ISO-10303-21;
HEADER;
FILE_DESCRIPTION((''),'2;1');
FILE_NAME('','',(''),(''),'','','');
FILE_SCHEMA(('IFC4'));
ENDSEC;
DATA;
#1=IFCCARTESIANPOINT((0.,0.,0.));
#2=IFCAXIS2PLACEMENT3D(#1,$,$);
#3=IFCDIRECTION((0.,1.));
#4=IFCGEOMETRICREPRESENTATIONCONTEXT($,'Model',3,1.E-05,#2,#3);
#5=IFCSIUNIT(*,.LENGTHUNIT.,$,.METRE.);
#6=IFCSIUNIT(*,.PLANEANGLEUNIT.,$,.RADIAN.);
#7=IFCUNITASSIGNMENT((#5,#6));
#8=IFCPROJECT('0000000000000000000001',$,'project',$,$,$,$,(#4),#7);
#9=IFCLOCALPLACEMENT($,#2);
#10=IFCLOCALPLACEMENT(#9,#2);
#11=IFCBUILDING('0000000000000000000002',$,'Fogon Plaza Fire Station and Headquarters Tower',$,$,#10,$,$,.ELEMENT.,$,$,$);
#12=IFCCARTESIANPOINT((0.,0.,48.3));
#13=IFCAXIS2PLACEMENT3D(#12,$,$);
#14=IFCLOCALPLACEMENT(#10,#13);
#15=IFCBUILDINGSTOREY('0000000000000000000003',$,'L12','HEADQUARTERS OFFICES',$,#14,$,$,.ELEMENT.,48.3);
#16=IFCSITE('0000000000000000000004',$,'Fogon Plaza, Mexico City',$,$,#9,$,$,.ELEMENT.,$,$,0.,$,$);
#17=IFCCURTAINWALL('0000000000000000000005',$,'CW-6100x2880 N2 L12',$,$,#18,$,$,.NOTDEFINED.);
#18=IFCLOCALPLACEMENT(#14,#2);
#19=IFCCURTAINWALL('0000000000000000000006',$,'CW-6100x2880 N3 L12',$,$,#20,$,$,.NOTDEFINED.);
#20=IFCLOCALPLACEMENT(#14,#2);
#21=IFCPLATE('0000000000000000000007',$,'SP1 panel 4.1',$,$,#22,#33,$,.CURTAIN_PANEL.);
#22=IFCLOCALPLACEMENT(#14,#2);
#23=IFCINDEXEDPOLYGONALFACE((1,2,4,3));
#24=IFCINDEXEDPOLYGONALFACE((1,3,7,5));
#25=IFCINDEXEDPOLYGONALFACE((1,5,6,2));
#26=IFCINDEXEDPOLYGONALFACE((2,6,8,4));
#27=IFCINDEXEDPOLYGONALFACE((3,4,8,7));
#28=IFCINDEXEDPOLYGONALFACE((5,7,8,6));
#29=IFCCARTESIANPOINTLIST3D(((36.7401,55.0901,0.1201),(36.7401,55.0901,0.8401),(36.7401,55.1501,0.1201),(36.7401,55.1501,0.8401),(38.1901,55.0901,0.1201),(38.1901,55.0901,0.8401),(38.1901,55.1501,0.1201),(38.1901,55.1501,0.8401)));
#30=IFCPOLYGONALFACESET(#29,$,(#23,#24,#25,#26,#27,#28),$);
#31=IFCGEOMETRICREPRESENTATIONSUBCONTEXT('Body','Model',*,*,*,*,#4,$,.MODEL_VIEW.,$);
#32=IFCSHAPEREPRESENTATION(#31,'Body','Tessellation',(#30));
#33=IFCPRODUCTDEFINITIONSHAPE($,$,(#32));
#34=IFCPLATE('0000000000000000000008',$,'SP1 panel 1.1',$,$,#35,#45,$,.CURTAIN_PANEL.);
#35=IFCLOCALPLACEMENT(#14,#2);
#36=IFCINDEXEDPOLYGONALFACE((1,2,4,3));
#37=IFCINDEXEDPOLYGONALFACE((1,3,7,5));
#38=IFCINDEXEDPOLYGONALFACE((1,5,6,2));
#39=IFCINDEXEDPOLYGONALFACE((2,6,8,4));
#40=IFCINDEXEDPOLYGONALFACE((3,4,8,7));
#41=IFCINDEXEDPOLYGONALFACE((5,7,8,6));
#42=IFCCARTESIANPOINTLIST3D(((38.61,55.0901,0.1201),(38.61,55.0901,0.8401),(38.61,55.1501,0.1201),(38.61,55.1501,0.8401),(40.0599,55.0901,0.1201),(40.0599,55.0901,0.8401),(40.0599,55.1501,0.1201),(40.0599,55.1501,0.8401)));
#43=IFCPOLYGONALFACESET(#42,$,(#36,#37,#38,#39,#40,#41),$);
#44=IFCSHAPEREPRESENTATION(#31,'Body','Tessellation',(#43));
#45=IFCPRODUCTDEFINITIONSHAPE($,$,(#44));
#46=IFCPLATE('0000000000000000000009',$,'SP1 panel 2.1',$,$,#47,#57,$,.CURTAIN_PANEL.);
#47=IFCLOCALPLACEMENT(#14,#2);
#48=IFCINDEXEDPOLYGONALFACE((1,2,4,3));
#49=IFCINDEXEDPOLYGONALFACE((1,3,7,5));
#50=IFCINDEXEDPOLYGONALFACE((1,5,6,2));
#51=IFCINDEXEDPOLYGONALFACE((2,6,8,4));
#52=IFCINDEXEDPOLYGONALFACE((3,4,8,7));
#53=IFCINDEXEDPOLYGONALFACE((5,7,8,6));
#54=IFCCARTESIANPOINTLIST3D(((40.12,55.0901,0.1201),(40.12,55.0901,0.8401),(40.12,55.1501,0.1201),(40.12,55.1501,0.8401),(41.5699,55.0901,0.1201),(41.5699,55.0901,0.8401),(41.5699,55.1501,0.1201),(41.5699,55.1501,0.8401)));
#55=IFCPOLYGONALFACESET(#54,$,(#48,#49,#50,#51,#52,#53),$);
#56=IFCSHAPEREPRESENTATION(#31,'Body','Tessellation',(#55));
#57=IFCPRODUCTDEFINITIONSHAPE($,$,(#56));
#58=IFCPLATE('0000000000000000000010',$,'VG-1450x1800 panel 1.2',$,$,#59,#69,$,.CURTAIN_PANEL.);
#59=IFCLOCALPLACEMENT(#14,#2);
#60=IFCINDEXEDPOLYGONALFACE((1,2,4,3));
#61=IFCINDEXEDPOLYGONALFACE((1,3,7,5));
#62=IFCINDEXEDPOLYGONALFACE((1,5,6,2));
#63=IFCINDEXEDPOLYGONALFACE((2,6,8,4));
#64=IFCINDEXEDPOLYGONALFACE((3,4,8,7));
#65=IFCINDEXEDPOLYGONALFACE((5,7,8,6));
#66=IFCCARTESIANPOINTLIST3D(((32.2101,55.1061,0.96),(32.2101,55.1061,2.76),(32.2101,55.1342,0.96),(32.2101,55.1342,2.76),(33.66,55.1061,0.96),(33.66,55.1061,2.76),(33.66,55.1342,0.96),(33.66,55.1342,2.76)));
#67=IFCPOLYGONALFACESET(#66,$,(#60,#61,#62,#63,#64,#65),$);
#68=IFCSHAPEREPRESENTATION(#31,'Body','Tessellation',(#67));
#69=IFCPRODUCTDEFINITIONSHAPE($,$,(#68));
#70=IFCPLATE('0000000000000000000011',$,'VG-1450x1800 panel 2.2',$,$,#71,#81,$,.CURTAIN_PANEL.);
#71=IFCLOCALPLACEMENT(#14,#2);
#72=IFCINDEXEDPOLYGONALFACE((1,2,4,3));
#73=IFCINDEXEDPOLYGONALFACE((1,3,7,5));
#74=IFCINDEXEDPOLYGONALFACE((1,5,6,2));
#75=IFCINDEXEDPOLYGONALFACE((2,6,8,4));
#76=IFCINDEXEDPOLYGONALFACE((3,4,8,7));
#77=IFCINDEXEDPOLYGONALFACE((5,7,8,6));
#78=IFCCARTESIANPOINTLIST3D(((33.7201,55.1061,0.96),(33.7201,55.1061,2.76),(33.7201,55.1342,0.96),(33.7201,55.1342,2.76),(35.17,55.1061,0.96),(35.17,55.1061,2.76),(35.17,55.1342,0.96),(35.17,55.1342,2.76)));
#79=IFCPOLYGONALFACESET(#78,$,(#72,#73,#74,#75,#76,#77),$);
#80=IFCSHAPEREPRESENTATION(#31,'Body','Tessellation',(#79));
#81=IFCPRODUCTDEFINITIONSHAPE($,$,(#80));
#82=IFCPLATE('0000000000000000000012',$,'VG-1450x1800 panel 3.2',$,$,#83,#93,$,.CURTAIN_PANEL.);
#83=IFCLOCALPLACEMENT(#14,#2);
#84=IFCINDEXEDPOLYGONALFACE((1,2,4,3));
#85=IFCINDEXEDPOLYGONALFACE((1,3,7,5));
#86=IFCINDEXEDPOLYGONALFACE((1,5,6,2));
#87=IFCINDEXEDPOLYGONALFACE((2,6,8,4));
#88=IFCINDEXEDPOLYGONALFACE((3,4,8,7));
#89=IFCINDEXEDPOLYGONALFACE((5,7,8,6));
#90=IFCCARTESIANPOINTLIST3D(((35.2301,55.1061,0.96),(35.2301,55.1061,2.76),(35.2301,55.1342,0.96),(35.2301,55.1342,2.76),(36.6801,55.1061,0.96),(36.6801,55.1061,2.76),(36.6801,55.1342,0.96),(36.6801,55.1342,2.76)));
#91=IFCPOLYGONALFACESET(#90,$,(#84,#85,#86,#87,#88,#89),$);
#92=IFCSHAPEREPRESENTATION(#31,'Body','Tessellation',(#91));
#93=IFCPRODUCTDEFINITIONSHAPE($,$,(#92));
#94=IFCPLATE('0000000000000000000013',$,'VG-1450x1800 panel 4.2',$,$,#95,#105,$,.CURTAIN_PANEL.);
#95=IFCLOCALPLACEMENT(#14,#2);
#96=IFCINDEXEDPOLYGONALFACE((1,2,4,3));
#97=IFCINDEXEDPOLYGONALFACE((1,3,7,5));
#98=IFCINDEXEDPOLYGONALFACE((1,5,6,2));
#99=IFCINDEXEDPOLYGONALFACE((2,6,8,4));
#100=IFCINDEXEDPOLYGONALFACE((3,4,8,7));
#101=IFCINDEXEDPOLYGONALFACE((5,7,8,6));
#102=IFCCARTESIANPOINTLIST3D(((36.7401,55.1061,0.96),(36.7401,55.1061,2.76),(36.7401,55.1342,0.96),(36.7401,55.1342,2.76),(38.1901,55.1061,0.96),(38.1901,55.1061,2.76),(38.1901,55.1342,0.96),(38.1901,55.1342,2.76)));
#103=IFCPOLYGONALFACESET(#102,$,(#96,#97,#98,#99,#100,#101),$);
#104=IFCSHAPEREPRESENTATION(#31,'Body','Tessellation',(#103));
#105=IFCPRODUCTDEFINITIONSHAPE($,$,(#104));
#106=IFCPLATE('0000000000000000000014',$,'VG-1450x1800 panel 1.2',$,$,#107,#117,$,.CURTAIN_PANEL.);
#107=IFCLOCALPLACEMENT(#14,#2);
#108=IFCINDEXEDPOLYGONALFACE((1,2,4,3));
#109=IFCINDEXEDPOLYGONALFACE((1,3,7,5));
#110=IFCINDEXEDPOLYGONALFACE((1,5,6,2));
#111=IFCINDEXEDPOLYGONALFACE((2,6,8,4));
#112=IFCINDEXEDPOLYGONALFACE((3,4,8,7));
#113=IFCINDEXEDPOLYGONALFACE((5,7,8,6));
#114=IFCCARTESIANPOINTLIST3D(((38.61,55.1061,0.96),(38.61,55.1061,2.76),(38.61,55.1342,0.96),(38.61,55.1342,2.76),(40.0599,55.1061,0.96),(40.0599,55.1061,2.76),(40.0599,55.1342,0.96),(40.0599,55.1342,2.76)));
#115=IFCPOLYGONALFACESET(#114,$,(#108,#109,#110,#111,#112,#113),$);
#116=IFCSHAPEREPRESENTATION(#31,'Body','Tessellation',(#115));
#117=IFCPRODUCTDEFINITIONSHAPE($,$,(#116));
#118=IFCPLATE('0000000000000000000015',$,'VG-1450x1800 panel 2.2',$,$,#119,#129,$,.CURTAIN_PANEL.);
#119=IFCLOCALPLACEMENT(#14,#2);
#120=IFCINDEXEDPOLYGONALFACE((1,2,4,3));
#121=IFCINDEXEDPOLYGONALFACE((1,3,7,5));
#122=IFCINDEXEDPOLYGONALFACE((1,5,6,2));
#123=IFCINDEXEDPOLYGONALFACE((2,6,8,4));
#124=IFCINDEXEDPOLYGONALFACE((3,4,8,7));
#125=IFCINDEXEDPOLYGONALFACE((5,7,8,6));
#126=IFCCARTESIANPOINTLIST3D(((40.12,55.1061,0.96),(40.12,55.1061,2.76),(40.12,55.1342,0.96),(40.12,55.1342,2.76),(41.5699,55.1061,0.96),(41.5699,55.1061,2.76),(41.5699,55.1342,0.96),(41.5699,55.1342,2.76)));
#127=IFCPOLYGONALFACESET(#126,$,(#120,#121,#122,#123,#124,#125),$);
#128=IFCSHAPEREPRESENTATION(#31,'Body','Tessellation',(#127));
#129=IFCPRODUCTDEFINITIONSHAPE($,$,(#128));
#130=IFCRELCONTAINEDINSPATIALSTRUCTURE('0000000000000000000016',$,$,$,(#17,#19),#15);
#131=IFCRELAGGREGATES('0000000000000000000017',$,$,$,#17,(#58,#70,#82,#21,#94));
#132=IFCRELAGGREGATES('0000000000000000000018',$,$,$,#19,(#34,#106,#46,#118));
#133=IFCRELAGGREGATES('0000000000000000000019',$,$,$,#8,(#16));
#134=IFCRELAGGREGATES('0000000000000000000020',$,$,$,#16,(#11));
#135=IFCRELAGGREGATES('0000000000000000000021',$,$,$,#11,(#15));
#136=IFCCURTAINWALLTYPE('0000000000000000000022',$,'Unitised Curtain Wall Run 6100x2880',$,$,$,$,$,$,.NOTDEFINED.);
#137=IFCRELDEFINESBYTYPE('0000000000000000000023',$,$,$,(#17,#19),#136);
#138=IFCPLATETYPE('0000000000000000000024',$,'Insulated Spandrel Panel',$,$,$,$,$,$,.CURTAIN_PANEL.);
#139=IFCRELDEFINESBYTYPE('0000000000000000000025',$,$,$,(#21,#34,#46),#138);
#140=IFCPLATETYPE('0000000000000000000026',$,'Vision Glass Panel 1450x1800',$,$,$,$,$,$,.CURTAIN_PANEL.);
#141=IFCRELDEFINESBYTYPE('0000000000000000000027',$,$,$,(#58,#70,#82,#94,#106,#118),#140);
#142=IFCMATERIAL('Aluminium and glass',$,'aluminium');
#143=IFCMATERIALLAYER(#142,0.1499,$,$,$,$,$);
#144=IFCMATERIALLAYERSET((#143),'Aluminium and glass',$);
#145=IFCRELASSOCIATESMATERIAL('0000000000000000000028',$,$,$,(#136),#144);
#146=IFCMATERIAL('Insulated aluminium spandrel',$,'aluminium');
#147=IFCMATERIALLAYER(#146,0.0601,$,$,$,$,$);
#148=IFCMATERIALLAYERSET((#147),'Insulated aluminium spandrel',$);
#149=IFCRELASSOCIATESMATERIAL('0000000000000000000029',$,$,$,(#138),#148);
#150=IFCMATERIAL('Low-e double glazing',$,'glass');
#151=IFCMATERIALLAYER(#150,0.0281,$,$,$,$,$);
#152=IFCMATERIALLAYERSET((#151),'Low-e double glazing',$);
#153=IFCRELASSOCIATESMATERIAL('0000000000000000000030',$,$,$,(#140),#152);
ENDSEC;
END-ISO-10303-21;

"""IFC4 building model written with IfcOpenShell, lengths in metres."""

from ifc_helpers import new_model, si_unit, direction, frame, origin, origin_2d, place, context, subcontext, project, spatial, rectangle, extrude, material, layer, layer_set, type_object, element, aggregate, save


model = new_model("IFC4")

# Units and contexts
model_context = context("Model", 3, precision=1e-05, world=origin(), true_north=direction((0.0, 1.0)))
body_context = subcontext(model_context, "Body", "Model", "MODEL_VIEW")
ifc_project = project(units=[si_unit("LENGTHUNIT", "METRE"), si_unit("PLANEANGLEUNIT", "RADIAN")], contexts=[model_context])

# Site, building, storey
site_placement = place(None, origin())
site = spatial("IfcSite", under=ifc_project, at=site_placement, Name="Fogon Plaza, Mexico City", CompositionType="ELEMENT", RefElevation=0.0)
building_placement = place(site_placement, origin())
building = spatial("IfcBuilding", under=site, at=building_placement, Name="Fogon Plaza Fire Station and Headquarters Tower", CompositionType="ELEMENT")
storey_placement = place(building_placement, frame((0.0, 0.0, 48.3)))
storey = spatial("IfcBuildingStorey", under=building, at=storey_placement, Name="L12", Description="HEADQUARTERS OFFICES", CompositionType="ELEMENT", Elevation=48.3)

# Curtain walls
ifc_material_1 = material(Name="Aluminium and glass", Category="aluminium")
ifc_layer_1 = layer(ifc_material_1, 0.1499)
ifc_layer_set_1 = layer_set([ifc_layer_1], Name="Aluminium and glass")
curtain_wall_type = type_object("IfcCurtainWallType", Name="Unitised Curtain Wall Run 6100x2880", PredefinedType="NOTDEFINED", material=ifc_layer_set_1)
curtain_wall_1_placement = place(storey_placement, origin())
curtain_wall_1 = element("IfcCurtainWall", 1, at=curtain_wall_1_placement, inside=storey, type_object=curtain_wall_type, Name="CW-6100x2880 N2 L12", PredefinedType="NOTDEFINED")
curtain_wall_2_placement = place(storey_placement, origin())
curtain_wall_2 = element("IfcCurtainWall", 2, at=curtain_wall_2_placement, inside=storey, type_object=curtain_wall_type, Name="CW-6100x2880 N3 L12", PredefinedType="NOTDEFINED")

# Plates
ifc_material_2 = material(Name="Insulated aluminium spandrel", Category="aluminium")
ifc_layer_2 = layer(ifc_material_2, 0.0601)
ifc_layer_set_2 = layer_set([ifc_layer_2], Name="Insulated aluminium spandrel")
plate_type_1 = type_object("IfcPlateType", Name="Insulated Spandrel Panel", PredefinedType="CURTAIN_PANEL", material=ifc_layer_set_2)
plate_1_placement = place(storey_placement, frame((37.4651, 55.1201, 0.1201), z_axis=(0.0, 0.0, 1.0), x_axis=(1.0, 0.0, 0.0)))
plate_1 = element("IfcPlate", 3, at=plate_1_placement, type_object=plate_type_1, Name="SP1 panel 4.1", PredefinedType="CURTAIN_PANEL", context=body_context, shape_type="SweptSolid", body=[
    extrude(rectangle(XDim=1.45, YDim=0.0601, at=origin_2d()), origin(), (0.0, 0.0, 1.0), 0.72),
])
plate_2_placement = place(storey_placement, frame((39.335, 55.1201, 0.1201), z_axis=(0.0, 0.0, 1.0), x_axis=(1.0, 0.0, 0.0)))
plate_2 = element("IfcPlate", 4, at=plate_2_placement, type_object=plate_type_1, Name="SP1 panel 1.1", PredefinedType="CURTAIN_PANEL", context=body_context, shape_type="SweptSolid", body=[
    extrude(rectangle(XDim=1.45, YDim=0.0601, at=origin_2d()), origin(), (0.0, 0.0, 1.0), 0.72),
])
plate_3_placement = place(storey_placement, frame((40.845, 55.1201, 0.1201), z_axis=(0.0, 0.0, 1.0), x_axis=(1.0, 0.0, 0.0)))
plate_3 = element("IfcPlate", 5, at=plate_3_placement, type_object=plate_type_1, Name="SP1 panel 2.1", PredefinedType="CURTAIN_PANEL", context=body_context, shape_type="SweptSolid", body=[
    extrude(rectangle(XDim=1.45, YDim=0.0601, at=origin_2d()), origin(), (0.0, 0.0, 1.0), 0.72),
])
ifc_material_3 = material(Name="Low-e double glazing", Category="glass")
ifc_layer_3 = layer(ifc_material_3, 0.0281)
ifc_layer_set_3 = layer_set([ifc_layer_3], Name="Low-e double glazing")
plate_type_2 = type_object("IfcPlateType", Name="Vision Glass Panel 1450x1800", PredefinedType="CURTAIN_PANEL", material=ifc_layer_set_3)
plate_4_placement = place(storey_placement, frame((32.9351, 55.1201, 0.96), z_axis=(0.0, 0.0, 1.0), x_axis=(1.0, 0.0, 0.0)))
plate_4 = element("IfcPlate", 6, at=plate_4_placement, type_object=plate_type_2, Name="VG-1450x1800 panel 1.2", PredefinedType="CURTAIN_PANEL", context=body_context, shape_type="SweptSolid", body=[
    extrude(rectangle(XDim=1.45, YDim=0.0281, at=origin_2d()), origin(), (0.0, 0.0, 1.0), 1.8),
])
plate_5_placement = place(storey_placement, frame((34.4451, 55.1201, 0.96), z_axis=(0.0, 0.0, 1.0), x_axis=(1.0, 0.0, 0.0)))
plate_5 = element("IfcPlate", 7, at=plate_5_placement, type_object=plate_type_2, Name="VG-1450x1800 panel 2.2", PredefinedType="CURTAIN_PANEL", context=body_context, shape_type="SweptSolid", body=[
    extrude(rectangle(XDim=1.45, YDim=0.0281, at=origin_2d()), origin(), (0.0, 0.0, 1.0), 1.8),
])
plate_6_placement = place(storey_placement, frame((35.9551, 55.1201, 0.96), z_axis=(0.0, 0.0, 1.0), x_axis=(1.0, 0.0, 0.0)))
plate_6 = element("IfcPlate", 8, at=plate_6_placement, type_object=plate_type_2, Name="VG-1450x1800 panel 3.2", PredefinedType="CURTAIN_PANEL", context=body_context, shape_type="SweptSolid", body=[
    extrude(rectangle(XDim=1.45, YDim=0.0281, at=origin_2d()), origin(), (0.0, 0.0, 1.0), 1.8),
])
plate_7_placement = place(storey_placement, frame((37.4651, 55.1201, 0.96), z_axis=(0.0, 0.0, 1.0), x_axis=(1.0, 0.0, 0.0)))
plate_7 = element("IfcPlate", 9, at=plate_7_placement, type_object=plate_type_2, Name="VG-1450x1800 panel 4.2", PredefinedType="CURTAIN_PANEL", context=body_context, shape_type="SweptSolid", body=[
    extrude(rectangle(XDim=1.45, YDim=0.0281, at=origin_2d()), origin(), (0.0, 0.0, 1.0), 1.8),
])
aggregate(curtain_wall_1, [plate_4, plate_5, plate_6, plate_1, plate_7])
plate_8_placement = place(storey_placement, frame((39.335, 55.1201, 0.96), z_axis=(0.0, 0.0, 1.0), x_axis=(1.0, 0.0, 0.0)))
plate_8 = element("IfcPlate", 10, at=plate_8_placement, type_object=plate_type_2, Name="VG-1450x1800 panel 1.2", PredefinedType="CURTAIN_PANEL", context=body_context, shape_type="SweptSolid", body=[
    extrude(rectangle(XDim=1.45, YDim=0.0281, at=origin_2d()), origin(), (0.0, 0.0, 1.0), 1.8),
])
plate_9_placement = place(storey_placement, frame((40.845, 55.1201, 0.96), z_axis=(0.0, 0.0, 1.0), x_axis=(1.0, 0.0, 0.0)))
plate_9 = element("IfcPlate", 11, at=plate_9_placement, type_object=plate_type_2, Name="VG-1450x1800 panel 2.2", PredefinedType="CURTAIN_PANEL", context=body_context, shape_type="SweptSolid", body=[
    extrude(rectangle(XDim=1.45, YDim=0.0281, at=origin_2d()), origin(), (0.0, 0.0, 1.0), 1.8),
])
aggregate(curtain_wall_2, [plate_2, plate_8, plate_3, plate_9])

save(model, "model.ifc")
